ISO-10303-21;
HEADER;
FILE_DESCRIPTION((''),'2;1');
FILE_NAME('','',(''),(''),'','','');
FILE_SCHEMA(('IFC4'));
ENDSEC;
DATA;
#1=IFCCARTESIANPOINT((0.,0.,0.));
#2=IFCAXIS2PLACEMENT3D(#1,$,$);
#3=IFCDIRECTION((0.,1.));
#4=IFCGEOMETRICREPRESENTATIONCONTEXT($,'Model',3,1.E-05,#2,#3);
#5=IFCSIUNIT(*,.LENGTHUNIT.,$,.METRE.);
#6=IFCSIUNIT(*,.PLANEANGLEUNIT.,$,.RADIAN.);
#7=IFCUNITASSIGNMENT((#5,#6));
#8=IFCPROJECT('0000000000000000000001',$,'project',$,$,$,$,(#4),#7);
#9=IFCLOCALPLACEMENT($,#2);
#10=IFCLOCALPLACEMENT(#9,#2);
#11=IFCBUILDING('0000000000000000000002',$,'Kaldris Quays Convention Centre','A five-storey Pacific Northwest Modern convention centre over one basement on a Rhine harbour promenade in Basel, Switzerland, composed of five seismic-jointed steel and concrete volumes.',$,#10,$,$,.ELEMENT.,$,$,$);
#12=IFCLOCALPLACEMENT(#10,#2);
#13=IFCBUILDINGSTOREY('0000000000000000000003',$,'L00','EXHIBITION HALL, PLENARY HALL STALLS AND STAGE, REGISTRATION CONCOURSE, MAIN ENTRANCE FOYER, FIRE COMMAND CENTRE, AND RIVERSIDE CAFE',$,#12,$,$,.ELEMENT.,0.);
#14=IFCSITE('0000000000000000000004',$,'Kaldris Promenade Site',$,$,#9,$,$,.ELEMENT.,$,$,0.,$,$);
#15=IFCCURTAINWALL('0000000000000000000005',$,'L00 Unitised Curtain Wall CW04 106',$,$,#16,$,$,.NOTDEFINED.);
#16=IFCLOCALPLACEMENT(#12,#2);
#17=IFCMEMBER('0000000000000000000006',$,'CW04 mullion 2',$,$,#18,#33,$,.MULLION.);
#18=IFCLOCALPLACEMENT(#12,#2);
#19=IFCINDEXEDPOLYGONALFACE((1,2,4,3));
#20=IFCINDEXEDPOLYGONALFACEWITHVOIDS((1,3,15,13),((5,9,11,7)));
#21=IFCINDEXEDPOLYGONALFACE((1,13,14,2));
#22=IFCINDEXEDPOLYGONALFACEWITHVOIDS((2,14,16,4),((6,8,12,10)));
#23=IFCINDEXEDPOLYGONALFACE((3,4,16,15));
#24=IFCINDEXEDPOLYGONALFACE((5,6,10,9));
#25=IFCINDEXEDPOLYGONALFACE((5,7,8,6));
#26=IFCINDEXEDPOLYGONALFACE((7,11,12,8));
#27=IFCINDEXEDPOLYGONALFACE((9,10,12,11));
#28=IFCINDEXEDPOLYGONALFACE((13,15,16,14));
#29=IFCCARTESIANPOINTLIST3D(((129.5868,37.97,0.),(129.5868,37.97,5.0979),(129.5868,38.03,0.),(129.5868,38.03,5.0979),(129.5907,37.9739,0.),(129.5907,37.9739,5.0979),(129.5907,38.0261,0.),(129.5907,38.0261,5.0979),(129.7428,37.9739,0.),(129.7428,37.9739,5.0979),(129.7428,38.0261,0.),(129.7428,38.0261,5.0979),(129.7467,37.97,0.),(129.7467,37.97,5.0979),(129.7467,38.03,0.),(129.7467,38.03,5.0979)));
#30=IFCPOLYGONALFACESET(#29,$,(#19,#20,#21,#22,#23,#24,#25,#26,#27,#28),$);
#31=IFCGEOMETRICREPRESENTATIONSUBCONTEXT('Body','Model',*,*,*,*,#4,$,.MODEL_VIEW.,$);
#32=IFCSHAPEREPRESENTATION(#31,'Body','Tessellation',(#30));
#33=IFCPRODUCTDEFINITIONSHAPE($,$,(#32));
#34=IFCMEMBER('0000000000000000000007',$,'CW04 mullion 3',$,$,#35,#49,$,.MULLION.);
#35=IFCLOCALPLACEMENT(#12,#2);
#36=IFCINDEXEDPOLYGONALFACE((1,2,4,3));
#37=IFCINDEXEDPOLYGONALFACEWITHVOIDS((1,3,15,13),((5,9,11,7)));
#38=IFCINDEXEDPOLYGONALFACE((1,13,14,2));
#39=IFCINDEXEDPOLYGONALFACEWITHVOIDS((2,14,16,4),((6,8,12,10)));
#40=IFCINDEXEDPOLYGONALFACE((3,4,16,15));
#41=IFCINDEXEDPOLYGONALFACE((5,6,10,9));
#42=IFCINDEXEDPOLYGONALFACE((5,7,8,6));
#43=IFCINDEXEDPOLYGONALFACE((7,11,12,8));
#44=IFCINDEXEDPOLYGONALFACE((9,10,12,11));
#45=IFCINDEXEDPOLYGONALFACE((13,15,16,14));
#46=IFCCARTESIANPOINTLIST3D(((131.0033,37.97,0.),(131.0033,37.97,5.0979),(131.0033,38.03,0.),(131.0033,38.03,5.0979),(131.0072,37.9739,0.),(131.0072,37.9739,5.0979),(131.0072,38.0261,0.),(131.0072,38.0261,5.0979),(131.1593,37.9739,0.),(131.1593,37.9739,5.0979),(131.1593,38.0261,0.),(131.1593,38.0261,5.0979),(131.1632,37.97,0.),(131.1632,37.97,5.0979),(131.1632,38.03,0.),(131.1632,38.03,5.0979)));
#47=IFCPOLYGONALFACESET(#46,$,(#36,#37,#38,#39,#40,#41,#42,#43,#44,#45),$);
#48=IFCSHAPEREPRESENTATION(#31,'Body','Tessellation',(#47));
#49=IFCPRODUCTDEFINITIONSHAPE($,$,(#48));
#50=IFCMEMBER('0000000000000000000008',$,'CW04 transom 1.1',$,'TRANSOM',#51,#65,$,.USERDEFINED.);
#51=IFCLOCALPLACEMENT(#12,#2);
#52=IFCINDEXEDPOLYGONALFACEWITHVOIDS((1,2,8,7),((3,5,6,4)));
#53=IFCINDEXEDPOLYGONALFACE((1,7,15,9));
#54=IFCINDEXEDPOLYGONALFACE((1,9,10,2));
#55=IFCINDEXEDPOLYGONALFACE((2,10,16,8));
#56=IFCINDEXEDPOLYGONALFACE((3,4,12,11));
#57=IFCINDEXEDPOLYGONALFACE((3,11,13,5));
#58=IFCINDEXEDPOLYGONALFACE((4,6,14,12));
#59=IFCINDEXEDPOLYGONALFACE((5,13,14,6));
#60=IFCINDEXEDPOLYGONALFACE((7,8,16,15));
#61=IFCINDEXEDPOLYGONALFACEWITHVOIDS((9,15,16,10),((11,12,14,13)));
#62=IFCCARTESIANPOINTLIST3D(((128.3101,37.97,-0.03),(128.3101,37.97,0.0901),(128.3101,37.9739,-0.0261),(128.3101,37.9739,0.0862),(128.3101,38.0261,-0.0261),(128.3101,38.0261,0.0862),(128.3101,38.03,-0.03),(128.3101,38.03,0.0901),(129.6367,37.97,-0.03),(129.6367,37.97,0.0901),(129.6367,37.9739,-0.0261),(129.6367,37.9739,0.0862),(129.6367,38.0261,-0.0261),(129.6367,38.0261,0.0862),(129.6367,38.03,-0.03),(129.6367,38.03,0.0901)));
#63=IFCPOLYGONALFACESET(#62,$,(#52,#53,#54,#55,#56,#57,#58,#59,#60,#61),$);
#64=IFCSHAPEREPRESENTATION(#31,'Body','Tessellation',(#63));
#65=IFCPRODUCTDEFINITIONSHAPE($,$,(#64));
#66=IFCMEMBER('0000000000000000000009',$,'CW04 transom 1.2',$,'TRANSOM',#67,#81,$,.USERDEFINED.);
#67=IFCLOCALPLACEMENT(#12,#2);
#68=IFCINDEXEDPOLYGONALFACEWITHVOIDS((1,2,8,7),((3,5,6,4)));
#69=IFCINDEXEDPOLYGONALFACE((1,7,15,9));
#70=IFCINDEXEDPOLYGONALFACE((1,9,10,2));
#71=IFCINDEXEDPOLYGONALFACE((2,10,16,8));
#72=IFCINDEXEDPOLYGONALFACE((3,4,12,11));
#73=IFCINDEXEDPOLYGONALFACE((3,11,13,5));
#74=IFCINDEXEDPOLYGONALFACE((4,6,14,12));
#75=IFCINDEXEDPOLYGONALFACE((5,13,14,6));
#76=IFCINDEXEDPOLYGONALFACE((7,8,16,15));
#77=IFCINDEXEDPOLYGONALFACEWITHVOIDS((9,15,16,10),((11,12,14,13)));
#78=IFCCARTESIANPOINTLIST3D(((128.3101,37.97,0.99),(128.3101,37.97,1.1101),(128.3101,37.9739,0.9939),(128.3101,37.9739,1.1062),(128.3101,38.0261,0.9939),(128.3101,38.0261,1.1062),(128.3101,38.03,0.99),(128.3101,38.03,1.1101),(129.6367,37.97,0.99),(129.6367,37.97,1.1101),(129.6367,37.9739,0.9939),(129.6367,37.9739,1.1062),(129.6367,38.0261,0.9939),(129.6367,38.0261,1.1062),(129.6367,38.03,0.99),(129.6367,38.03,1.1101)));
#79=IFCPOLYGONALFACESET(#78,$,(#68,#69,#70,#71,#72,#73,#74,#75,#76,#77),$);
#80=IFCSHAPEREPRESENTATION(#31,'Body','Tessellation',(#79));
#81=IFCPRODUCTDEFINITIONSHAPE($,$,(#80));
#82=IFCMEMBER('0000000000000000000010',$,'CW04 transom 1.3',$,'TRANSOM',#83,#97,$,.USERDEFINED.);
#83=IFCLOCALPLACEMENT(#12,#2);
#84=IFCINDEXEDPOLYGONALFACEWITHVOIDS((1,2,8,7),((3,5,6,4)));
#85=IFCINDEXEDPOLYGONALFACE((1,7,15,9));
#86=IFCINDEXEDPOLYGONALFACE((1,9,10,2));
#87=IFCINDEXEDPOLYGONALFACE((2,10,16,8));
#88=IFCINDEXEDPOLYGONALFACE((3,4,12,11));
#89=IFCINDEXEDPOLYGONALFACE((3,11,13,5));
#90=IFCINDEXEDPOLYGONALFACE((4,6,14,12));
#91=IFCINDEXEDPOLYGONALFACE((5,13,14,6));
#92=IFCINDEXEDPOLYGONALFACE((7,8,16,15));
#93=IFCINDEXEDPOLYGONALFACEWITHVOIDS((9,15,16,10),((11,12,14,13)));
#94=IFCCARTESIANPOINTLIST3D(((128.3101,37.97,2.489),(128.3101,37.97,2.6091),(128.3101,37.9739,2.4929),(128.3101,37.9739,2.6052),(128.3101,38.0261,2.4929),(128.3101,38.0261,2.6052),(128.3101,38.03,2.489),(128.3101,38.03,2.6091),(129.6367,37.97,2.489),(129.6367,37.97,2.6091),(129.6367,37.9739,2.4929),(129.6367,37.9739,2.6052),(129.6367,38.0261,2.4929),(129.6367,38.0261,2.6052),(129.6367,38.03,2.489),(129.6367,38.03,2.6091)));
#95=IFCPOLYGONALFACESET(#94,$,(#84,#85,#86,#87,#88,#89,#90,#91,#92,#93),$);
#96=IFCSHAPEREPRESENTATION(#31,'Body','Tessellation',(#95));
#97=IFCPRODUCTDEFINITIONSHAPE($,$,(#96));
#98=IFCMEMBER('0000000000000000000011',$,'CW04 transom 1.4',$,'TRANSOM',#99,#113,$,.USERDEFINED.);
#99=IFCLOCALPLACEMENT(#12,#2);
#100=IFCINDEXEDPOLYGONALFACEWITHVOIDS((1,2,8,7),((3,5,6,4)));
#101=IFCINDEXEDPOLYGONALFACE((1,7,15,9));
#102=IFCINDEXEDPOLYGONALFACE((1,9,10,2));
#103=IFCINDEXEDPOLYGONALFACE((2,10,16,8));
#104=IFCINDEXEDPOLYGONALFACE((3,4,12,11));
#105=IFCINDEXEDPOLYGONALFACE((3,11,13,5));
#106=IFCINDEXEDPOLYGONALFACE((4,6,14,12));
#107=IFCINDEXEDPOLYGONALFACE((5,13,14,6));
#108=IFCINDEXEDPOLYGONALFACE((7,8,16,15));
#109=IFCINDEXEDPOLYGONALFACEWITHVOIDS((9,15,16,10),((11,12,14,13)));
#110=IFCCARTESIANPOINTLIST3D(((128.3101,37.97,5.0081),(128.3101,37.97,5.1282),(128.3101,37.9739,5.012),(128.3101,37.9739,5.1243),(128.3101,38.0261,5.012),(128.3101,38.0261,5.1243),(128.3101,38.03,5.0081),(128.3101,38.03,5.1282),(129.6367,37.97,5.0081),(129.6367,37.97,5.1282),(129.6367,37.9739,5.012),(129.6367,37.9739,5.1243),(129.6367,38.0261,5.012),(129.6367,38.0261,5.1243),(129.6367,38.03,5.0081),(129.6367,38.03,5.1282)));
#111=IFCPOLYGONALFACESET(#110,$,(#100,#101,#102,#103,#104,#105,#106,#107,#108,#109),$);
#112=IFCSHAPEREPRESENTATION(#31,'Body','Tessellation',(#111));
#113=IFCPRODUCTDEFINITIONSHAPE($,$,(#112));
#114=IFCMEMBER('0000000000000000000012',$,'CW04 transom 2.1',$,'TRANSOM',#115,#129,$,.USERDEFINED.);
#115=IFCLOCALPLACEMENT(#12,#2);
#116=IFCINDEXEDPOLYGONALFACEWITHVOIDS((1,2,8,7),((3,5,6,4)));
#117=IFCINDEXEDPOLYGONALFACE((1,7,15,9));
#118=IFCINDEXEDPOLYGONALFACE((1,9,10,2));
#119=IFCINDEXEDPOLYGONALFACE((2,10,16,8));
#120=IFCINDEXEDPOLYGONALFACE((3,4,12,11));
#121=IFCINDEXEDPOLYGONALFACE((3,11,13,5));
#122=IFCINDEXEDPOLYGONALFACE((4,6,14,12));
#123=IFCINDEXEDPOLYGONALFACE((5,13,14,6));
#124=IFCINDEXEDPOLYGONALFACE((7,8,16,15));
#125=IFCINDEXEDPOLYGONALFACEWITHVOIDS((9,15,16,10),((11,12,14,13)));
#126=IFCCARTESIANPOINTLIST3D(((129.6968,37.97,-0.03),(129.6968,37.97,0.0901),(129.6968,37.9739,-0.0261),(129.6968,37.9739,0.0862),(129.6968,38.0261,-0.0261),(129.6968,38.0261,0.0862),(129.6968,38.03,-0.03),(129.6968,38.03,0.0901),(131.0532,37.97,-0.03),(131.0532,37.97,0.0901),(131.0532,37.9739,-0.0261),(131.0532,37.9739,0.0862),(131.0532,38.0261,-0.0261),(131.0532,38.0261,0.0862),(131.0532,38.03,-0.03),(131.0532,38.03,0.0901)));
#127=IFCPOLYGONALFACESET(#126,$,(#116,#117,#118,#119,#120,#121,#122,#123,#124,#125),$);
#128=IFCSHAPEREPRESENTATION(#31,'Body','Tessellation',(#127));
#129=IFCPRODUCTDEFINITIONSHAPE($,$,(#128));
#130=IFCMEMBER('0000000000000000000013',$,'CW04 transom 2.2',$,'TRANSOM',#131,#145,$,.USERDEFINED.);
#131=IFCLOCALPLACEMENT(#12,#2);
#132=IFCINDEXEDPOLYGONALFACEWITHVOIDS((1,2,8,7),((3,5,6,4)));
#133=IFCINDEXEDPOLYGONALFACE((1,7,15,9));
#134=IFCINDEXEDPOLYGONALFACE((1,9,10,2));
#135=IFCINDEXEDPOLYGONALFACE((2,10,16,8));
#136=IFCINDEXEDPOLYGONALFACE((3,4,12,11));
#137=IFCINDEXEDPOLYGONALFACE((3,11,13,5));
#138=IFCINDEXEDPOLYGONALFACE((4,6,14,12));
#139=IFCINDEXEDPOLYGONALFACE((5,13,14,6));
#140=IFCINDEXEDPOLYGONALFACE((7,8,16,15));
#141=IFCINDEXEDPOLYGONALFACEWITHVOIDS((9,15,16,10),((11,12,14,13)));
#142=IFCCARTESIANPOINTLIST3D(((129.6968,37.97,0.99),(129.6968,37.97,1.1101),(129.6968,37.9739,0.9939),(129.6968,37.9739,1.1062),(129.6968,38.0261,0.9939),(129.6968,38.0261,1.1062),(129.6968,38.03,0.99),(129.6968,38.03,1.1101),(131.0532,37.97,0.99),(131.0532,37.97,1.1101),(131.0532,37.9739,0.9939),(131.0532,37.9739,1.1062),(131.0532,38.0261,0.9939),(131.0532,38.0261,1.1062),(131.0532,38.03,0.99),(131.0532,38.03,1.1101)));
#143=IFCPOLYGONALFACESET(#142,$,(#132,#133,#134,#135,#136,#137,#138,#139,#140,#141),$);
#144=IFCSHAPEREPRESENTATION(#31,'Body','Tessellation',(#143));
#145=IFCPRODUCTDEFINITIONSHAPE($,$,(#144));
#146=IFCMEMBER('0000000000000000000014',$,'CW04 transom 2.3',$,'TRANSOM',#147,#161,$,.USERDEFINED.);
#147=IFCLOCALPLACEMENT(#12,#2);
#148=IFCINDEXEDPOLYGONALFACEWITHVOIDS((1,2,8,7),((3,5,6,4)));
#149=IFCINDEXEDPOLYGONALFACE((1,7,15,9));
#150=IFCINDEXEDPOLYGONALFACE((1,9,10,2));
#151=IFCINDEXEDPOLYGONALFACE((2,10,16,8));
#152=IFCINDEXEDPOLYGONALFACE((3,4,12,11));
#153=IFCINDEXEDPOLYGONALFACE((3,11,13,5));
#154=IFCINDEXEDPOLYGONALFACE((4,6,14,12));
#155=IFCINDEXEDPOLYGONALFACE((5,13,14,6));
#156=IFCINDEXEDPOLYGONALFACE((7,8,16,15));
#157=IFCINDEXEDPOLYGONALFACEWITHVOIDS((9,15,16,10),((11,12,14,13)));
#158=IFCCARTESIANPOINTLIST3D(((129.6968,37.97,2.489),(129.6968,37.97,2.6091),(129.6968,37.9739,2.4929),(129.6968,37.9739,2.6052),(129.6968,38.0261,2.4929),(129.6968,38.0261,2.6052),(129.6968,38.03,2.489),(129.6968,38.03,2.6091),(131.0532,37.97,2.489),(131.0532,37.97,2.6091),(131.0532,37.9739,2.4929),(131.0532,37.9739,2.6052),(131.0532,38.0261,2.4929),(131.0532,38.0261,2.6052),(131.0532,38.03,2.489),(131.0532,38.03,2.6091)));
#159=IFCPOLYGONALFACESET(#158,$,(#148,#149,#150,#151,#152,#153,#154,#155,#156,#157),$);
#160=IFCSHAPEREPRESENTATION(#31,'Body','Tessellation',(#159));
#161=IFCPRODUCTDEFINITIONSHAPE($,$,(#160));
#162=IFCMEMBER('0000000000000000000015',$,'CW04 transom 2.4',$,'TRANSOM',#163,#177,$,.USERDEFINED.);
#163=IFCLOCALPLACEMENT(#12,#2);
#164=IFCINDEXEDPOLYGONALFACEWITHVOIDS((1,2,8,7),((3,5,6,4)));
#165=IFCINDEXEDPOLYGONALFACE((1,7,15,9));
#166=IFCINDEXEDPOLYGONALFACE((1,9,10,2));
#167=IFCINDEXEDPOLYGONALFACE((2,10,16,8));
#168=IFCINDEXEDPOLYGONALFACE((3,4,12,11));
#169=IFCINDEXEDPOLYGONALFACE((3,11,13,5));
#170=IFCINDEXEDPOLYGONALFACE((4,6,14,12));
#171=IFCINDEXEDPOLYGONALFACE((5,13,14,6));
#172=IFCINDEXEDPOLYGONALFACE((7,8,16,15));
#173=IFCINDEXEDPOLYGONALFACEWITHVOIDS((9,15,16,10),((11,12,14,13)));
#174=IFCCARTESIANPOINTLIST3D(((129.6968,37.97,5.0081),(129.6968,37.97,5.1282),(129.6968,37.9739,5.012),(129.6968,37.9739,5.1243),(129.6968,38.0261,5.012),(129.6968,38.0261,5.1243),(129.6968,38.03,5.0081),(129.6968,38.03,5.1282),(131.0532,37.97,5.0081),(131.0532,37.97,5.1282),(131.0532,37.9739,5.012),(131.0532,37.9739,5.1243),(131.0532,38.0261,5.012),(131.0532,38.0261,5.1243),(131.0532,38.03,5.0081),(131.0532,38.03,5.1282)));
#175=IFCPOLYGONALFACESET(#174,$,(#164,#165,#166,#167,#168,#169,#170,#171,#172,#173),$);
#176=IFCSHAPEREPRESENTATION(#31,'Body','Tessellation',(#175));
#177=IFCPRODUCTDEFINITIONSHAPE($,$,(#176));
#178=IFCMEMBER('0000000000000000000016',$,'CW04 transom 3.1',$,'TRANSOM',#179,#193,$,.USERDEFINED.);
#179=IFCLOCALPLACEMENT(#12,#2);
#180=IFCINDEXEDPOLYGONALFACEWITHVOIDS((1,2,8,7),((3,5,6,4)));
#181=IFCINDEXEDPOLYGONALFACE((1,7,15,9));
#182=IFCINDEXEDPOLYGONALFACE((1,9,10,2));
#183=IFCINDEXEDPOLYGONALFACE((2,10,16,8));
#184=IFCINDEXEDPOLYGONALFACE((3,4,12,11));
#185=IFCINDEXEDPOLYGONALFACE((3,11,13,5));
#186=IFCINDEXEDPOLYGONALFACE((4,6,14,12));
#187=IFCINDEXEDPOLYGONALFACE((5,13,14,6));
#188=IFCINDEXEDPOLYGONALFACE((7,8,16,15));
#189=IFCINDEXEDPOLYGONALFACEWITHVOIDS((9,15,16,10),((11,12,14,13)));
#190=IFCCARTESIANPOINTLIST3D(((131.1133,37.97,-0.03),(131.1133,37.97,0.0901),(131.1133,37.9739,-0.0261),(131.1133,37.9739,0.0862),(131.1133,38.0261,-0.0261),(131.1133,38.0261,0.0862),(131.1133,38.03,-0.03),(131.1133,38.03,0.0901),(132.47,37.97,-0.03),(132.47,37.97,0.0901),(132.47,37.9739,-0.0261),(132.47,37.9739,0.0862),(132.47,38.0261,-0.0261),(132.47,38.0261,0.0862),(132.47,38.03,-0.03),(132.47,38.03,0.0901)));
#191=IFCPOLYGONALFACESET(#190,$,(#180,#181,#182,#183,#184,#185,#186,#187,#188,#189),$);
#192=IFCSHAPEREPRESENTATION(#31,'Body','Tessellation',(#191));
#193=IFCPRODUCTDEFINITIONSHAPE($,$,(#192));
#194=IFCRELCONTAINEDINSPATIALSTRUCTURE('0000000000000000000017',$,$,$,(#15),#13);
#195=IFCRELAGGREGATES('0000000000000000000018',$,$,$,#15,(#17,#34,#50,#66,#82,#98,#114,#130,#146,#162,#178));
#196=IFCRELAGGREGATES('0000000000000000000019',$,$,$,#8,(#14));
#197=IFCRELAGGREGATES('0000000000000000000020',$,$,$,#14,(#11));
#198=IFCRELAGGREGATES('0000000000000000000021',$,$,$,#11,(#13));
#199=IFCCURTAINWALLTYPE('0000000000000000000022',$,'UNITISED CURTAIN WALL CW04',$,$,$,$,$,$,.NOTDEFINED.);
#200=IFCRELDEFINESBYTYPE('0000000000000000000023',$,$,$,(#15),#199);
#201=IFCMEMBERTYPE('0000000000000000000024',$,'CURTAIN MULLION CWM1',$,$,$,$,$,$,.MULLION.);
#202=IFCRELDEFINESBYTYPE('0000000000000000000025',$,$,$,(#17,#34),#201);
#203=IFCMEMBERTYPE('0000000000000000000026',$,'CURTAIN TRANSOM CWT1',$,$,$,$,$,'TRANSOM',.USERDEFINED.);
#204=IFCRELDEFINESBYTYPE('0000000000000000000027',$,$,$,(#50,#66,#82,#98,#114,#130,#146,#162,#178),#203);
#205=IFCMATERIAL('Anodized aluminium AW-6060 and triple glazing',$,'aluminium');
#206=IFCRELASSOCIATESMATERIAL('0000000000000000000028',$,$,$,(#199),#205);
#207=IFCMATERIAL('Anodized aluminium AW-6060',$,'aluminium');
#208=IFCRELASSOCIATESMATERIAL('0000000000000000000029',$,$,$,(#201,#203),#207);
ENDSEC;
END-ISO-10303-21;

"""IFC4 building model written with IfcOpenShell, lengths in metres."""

from ifc_helpers import new_model, si_unit, direction, frame, origin, origin_2d, place, context, subcontext, project, spatial, hollow_rectangle, extrude, material, material_profile, profile_set, type_object, element, aggregate, save


model = new_model("IFC4")

# Units and contexts
model_context = context("Model", 3, precision=1e-05, world=origin(), true_north=direction((0.0, 1.0)))
body_context = subcontext(model_context, "Body", "Model", "MODEL_VIEW")
ifc_project = project(units=[si_unit("LENGTHUNIT", "METRE"), si_unit("PLANEANGLEUNIT", "RADIAN")], contexts=[model_context])

# Site, building, storey
site_placement = place(None, origin())
site = spatial("IfcSite", under=ifc_project, at=site_placement, Name="Kaldris Promenade Site", CompositionType="ELEMENT", RefElevation=0.0)
building_placement = place(site_placement, origin())
building = spatial("IfcBuilding", under=site, at=building_placement, Name="Kaldris Quays Convention Centre", Description="A five-storey Pacific Northwest Modern convention centre over one basement on a Rhine harbour promenade in Basel, Switzerland, composed of five seismic-jointed steel and concrete volumes.", CompositionType="ELEMENT")
storey_placement = place(building_placement, origin())
storey = spatial("IfcBuildingStorey", under=building, at=storey_placement, Name="L00", Description="EXHIBITION HALL, PLENARY HALL STALLS AND STAGE, REGISTRATION CONCOURSE, MAIN ENTRANCE FOYER, FIRE COMMAND CENTRE, AND RIVERSIDE CAFE", CompositionType="ELEMENT", Elevation=0.0)

# Curtain wall, members
ifc_material_1 = material(Name="Anodized aluminium AW-6060 and triple glazing", Category="aluminium")
curtain_wall_type = type_object("IfcCurtainWallType", Name="UNITISED CURTAIN WALL CW04", PredefinedType="NOTDEFINED", material=ifc_material_1)
curtain_wall_placement = place(storey_placement, origin())
curtain_wall = element("IfcCurtainWall", 1, at=curtain_wall_placement, inside=storey, type_object=curtain_wall_type, Name="L00 Unitised Curtain Wall CW04 106", PredefinedType="NOTDEFINED")
ifc_material_2 = material(Name="Anodized aluminium AW-6060", Category="aluminium")
ifc_material_profile_1 = material_profile(ifc_material_2, hollow_rectangle(XDim=0.0601, YDim=0.1599, WallThickness=0.0039, at=origin_2d()), Name="RHS 160x60x4")
ifc_profile_set_1 = profile_set([ifc_material_profile_1], Name="Anodized aluminium AW-6060")
member_type_1 = type_object("IfcMemberType", Name="CURTAIN MULLION CWM1", PredefinedType="MULLION", material=ifc_profile_set_1)
member_1_placement = place(storey_placement, frame((129.6667, 38.0, 0.0), z_axis=(0.0, 0.0, 1.0), x_axis=(0.0, 1.0, 0.0)))
member_1 = element("IfcMember", 2, at=member_1_placement, type_object=member_type_1, Name="CW04 mullion 2", PredefinedType="MULLION", context=body_context, shape_type="SweptSolid", body=[
    extrude(hollow_rectangle(XDim=0.0601, YDim=0.1599, WallThickness=0.0039, at=origin_2d()), origin(), (0.0, 0.0, 1.0), 5.0979),
])
member_2_placement = place(storey_placement, frame((131.0833, 38.0, 0.0), z_axis=(0.0, 0.0, 1.0), x_axis=(0.0, 1.0, 0.0)))
member_2 = element("IfcMember", 3, at=member_2_placement, type_object=member_type_1, Name="CW04 mullion 3", PredefinedType="MULLION", context=body_context, shape_type="SweptSolid", body=[
    extrude(hollow_rectangle(XDim=0.0601, YDim=0.1599, WallThickness=0.0039, at=origin_2d()), origin(), (0.0, 0.0, 1.0), 5.0979),
])
ifc_material_profile_2 = material_profile(ifc_material_2, hollow_rectangle(XDim=0.0601, YDim=0.1201, WallThickness=0.0039, at=origin_2d()), Name="RHS 120x60x4")
ifc_profile_set_2 = profile_set([ifc_material_profile_2], Name="Anodized aluminium AW-6060")
member_type_2 = type_object("IfcMemberType", Name="CURTAIN TRANSOM CWT1", ElementType="TRANSOM", PredefinedType="USERDEFINED", material=ifc_profile_set_2)
member_3_placement = place(storey_placement, frame((128.3101, 38.0, 0.03), z_axis=(1.0, 0.0, 0.0), x_axis=(0.0, 1.0, 0.0)))
member_3 = element("IfcMember", 4, at=member_3_placement, type_object=member_type_2, Name="CW04 transom 1.1", ObjectType="TRANSOM", PredefinedType="USERDEFINED", context=body_context, shape_type="SweptSolid", body=[
    extrude(hollow_rectangle(XDim=0.0601, YDim=0.1201, WallThickness=0.0039, at=origin_2d()), origin(), (0.0, 0.0, 1.0), 1.3267),
])
member_4_placement = place(storey_placement, frame((128.3101, 38.0, 1.05), z_axis=(1.0, 0.0, 0.0), x_axis=(0.0, 1.0, 0.0)))
member_4 = element("IfcMember", 5, at=member_4_placement, type_object=member_type_2, Name="CW04 transom 1.2", ObjectType="TRANSOM", PredefinedType="USERDEFINED", context=body_context, shape_type="SweptSolid", body=[
    extrude(hollow_rectangle(XDim=0.0601, YDim=0.1201, WallThickness=0.0039, at=origin_2d()), origin(), (0.0, 0.0, 1.0), 1.3267),
])
member_5_placement = place(storey_placement, frame((128.3101, 38.0, 2.5491), z_axis=(1.0, 0.0, 0.0), x_axis=(0.0, 1.0, 0.0)))
member_5 = element("IfcMember", 6, at=member_5_placement, type_object=member_type_2, Name="CW04 transom 1.3", ObjectType="TRANSOM", PredefinedType="USERDEFINED", context=body_context, shape_type="SweptSolid", body=[
    extrude(hollow_rectangle(XDim=0.0601, YDim=0.1201, WallThickness=0.0039, at=origin_2d()), origin(), (0.0, 0.0, 1.0), 1.3267),
])
member_6_placement = place(storey_placement, frame((128.3101, 38.0, 5.0681), z_axis=(1.0, 0.0, 0.0), x_axis=(0.0, 1.0, 0.0)))
member_6 = element("IfcMember", 7, at=member_6_placement, type_object=member_type_2, Name="CW04 transom 1.4", ObjectType="TRANSOM", PredefinedType="USERDEFINED", context=body_context, shape_type="SweptSolid", body=[
    extrude(hollow_rectangle(XDim=0.0601, YDim=0.1201, WallThickness=0.0039, at=origin_2d()), origin(), (0.0, 0.0, 1.0), 1.3267),
])
member_7_placement = place(storey_placement, frame((129.6968, 38.0, 0.03), z_axis=(1.0, 0.0, 0.0), x_axis=(0.0, 1.0, 0.0)))
member_7 = element("IfcMember", 8, at=member_7_placement, type_object=member_type_2, Name="CW04 transom 2.1", ObjectType="TRANSOM", PredefinedType="USERDEFINED", context=body_context, shape_type="SweptSolid", body=[
    extrude(hollow_rectangle(XDim=0.0601, YDim=0.1201, WallThickness=0.0039, at=origin_2d()), origin(), (0.0, 0.0, 1.0), 1.3564),
])
member_8_placement = place(storey_placement, frame((129.6968, 38.0, 1.05), z_axis=(1.0, 0.0, 0.0), x_axis=(0.0, 1.0, 0.0)))
member_8 = element("IfcMember", 9, at=member_8_placement, type_object=member_type_2, Name="CW04 transom 2.2", ObjectType="TRANSOM", PredefinedType="USERDEFINED", context=body_context, shape_type="SweptSolid", body=[
    extrude(hollow_rectangle(XDim=0.0601, YDim=0.1201, WallThickness=0.0039, at=origin_2d()), origin(), (0.0, 0.0, 1.0), 1.3564),
])
member_9_placement = place(storey_placement, frame((129.6968, 38.0, 2.5491), z_axis=(1.0, 0.0, 0.0), x_axis=(0.0, 1.0, 0.0)))
member_9 = element("IfcMember", 10, at=member_9_placement, type_object=member_type_2, Name="CW04 transom 2.3", ObjectType="TRANSOM", PredefinedType="USERDEFINED", context=body_context, shape_type="SweptSolid", body=[
    extrude(hollow_rectangle(XDim=0.0601, YDim=0.1201, WallThickness=0.0039, at=origin_2d()), origin(), (0.0, 0.0, 1.0), 1.3564),
])
member_10_placement = place(storey_placement, frame((129.6968, 38.0, 5.0681), z_axis=(1.0, 0.0, 0.0), x_axis=(0.0, 1.0, 0.0)))
member_10 = element("IfcMember", 11, at=member_10_placement, type_object=member_type_2, Name="CW04 transom 2.4", ObjectType="TRANSOM", PredefinedType="USERDEFINED", context=body_context, shape_type="SweptSolid", body=[
    extrude(hollow_rectangle(XDim=0.0601, YDim=0.1201, WallThickness=0.0039, at=origin_2d()), origin(), (0.0, 0.0, 1.0), 1.3564),
])
member_11_placement = place(storey_placement, frame((131.1133, 38.0, 0.03), z_axis=(1.0, 0.0, 0.0), x_axis=(0.0, 1.0, 0.0)))
member_11 = element("IfcMember", 12, at=member_11_placement, type_object=member_type_2, Name="CW04 transom 3.1", ObjectType="TRANSOM", PredefinedType="USERDEFINED", context=body_context, shape_type="SweptSolid", body=[
    extrude(hollow_rectangle(XDim=0.0601, YDim=0.1201, WallThickness=0.0039, at=origin_2d()), origin(), (0.0, 0.0, 1.0), 1.3567),
])
aggregate(curtain_wall, [member_1, member_2, member_3, member_4, member_5, member_6, member_7, member_8, member_9, member_10, member_11])

save(model, "model.ifc")
